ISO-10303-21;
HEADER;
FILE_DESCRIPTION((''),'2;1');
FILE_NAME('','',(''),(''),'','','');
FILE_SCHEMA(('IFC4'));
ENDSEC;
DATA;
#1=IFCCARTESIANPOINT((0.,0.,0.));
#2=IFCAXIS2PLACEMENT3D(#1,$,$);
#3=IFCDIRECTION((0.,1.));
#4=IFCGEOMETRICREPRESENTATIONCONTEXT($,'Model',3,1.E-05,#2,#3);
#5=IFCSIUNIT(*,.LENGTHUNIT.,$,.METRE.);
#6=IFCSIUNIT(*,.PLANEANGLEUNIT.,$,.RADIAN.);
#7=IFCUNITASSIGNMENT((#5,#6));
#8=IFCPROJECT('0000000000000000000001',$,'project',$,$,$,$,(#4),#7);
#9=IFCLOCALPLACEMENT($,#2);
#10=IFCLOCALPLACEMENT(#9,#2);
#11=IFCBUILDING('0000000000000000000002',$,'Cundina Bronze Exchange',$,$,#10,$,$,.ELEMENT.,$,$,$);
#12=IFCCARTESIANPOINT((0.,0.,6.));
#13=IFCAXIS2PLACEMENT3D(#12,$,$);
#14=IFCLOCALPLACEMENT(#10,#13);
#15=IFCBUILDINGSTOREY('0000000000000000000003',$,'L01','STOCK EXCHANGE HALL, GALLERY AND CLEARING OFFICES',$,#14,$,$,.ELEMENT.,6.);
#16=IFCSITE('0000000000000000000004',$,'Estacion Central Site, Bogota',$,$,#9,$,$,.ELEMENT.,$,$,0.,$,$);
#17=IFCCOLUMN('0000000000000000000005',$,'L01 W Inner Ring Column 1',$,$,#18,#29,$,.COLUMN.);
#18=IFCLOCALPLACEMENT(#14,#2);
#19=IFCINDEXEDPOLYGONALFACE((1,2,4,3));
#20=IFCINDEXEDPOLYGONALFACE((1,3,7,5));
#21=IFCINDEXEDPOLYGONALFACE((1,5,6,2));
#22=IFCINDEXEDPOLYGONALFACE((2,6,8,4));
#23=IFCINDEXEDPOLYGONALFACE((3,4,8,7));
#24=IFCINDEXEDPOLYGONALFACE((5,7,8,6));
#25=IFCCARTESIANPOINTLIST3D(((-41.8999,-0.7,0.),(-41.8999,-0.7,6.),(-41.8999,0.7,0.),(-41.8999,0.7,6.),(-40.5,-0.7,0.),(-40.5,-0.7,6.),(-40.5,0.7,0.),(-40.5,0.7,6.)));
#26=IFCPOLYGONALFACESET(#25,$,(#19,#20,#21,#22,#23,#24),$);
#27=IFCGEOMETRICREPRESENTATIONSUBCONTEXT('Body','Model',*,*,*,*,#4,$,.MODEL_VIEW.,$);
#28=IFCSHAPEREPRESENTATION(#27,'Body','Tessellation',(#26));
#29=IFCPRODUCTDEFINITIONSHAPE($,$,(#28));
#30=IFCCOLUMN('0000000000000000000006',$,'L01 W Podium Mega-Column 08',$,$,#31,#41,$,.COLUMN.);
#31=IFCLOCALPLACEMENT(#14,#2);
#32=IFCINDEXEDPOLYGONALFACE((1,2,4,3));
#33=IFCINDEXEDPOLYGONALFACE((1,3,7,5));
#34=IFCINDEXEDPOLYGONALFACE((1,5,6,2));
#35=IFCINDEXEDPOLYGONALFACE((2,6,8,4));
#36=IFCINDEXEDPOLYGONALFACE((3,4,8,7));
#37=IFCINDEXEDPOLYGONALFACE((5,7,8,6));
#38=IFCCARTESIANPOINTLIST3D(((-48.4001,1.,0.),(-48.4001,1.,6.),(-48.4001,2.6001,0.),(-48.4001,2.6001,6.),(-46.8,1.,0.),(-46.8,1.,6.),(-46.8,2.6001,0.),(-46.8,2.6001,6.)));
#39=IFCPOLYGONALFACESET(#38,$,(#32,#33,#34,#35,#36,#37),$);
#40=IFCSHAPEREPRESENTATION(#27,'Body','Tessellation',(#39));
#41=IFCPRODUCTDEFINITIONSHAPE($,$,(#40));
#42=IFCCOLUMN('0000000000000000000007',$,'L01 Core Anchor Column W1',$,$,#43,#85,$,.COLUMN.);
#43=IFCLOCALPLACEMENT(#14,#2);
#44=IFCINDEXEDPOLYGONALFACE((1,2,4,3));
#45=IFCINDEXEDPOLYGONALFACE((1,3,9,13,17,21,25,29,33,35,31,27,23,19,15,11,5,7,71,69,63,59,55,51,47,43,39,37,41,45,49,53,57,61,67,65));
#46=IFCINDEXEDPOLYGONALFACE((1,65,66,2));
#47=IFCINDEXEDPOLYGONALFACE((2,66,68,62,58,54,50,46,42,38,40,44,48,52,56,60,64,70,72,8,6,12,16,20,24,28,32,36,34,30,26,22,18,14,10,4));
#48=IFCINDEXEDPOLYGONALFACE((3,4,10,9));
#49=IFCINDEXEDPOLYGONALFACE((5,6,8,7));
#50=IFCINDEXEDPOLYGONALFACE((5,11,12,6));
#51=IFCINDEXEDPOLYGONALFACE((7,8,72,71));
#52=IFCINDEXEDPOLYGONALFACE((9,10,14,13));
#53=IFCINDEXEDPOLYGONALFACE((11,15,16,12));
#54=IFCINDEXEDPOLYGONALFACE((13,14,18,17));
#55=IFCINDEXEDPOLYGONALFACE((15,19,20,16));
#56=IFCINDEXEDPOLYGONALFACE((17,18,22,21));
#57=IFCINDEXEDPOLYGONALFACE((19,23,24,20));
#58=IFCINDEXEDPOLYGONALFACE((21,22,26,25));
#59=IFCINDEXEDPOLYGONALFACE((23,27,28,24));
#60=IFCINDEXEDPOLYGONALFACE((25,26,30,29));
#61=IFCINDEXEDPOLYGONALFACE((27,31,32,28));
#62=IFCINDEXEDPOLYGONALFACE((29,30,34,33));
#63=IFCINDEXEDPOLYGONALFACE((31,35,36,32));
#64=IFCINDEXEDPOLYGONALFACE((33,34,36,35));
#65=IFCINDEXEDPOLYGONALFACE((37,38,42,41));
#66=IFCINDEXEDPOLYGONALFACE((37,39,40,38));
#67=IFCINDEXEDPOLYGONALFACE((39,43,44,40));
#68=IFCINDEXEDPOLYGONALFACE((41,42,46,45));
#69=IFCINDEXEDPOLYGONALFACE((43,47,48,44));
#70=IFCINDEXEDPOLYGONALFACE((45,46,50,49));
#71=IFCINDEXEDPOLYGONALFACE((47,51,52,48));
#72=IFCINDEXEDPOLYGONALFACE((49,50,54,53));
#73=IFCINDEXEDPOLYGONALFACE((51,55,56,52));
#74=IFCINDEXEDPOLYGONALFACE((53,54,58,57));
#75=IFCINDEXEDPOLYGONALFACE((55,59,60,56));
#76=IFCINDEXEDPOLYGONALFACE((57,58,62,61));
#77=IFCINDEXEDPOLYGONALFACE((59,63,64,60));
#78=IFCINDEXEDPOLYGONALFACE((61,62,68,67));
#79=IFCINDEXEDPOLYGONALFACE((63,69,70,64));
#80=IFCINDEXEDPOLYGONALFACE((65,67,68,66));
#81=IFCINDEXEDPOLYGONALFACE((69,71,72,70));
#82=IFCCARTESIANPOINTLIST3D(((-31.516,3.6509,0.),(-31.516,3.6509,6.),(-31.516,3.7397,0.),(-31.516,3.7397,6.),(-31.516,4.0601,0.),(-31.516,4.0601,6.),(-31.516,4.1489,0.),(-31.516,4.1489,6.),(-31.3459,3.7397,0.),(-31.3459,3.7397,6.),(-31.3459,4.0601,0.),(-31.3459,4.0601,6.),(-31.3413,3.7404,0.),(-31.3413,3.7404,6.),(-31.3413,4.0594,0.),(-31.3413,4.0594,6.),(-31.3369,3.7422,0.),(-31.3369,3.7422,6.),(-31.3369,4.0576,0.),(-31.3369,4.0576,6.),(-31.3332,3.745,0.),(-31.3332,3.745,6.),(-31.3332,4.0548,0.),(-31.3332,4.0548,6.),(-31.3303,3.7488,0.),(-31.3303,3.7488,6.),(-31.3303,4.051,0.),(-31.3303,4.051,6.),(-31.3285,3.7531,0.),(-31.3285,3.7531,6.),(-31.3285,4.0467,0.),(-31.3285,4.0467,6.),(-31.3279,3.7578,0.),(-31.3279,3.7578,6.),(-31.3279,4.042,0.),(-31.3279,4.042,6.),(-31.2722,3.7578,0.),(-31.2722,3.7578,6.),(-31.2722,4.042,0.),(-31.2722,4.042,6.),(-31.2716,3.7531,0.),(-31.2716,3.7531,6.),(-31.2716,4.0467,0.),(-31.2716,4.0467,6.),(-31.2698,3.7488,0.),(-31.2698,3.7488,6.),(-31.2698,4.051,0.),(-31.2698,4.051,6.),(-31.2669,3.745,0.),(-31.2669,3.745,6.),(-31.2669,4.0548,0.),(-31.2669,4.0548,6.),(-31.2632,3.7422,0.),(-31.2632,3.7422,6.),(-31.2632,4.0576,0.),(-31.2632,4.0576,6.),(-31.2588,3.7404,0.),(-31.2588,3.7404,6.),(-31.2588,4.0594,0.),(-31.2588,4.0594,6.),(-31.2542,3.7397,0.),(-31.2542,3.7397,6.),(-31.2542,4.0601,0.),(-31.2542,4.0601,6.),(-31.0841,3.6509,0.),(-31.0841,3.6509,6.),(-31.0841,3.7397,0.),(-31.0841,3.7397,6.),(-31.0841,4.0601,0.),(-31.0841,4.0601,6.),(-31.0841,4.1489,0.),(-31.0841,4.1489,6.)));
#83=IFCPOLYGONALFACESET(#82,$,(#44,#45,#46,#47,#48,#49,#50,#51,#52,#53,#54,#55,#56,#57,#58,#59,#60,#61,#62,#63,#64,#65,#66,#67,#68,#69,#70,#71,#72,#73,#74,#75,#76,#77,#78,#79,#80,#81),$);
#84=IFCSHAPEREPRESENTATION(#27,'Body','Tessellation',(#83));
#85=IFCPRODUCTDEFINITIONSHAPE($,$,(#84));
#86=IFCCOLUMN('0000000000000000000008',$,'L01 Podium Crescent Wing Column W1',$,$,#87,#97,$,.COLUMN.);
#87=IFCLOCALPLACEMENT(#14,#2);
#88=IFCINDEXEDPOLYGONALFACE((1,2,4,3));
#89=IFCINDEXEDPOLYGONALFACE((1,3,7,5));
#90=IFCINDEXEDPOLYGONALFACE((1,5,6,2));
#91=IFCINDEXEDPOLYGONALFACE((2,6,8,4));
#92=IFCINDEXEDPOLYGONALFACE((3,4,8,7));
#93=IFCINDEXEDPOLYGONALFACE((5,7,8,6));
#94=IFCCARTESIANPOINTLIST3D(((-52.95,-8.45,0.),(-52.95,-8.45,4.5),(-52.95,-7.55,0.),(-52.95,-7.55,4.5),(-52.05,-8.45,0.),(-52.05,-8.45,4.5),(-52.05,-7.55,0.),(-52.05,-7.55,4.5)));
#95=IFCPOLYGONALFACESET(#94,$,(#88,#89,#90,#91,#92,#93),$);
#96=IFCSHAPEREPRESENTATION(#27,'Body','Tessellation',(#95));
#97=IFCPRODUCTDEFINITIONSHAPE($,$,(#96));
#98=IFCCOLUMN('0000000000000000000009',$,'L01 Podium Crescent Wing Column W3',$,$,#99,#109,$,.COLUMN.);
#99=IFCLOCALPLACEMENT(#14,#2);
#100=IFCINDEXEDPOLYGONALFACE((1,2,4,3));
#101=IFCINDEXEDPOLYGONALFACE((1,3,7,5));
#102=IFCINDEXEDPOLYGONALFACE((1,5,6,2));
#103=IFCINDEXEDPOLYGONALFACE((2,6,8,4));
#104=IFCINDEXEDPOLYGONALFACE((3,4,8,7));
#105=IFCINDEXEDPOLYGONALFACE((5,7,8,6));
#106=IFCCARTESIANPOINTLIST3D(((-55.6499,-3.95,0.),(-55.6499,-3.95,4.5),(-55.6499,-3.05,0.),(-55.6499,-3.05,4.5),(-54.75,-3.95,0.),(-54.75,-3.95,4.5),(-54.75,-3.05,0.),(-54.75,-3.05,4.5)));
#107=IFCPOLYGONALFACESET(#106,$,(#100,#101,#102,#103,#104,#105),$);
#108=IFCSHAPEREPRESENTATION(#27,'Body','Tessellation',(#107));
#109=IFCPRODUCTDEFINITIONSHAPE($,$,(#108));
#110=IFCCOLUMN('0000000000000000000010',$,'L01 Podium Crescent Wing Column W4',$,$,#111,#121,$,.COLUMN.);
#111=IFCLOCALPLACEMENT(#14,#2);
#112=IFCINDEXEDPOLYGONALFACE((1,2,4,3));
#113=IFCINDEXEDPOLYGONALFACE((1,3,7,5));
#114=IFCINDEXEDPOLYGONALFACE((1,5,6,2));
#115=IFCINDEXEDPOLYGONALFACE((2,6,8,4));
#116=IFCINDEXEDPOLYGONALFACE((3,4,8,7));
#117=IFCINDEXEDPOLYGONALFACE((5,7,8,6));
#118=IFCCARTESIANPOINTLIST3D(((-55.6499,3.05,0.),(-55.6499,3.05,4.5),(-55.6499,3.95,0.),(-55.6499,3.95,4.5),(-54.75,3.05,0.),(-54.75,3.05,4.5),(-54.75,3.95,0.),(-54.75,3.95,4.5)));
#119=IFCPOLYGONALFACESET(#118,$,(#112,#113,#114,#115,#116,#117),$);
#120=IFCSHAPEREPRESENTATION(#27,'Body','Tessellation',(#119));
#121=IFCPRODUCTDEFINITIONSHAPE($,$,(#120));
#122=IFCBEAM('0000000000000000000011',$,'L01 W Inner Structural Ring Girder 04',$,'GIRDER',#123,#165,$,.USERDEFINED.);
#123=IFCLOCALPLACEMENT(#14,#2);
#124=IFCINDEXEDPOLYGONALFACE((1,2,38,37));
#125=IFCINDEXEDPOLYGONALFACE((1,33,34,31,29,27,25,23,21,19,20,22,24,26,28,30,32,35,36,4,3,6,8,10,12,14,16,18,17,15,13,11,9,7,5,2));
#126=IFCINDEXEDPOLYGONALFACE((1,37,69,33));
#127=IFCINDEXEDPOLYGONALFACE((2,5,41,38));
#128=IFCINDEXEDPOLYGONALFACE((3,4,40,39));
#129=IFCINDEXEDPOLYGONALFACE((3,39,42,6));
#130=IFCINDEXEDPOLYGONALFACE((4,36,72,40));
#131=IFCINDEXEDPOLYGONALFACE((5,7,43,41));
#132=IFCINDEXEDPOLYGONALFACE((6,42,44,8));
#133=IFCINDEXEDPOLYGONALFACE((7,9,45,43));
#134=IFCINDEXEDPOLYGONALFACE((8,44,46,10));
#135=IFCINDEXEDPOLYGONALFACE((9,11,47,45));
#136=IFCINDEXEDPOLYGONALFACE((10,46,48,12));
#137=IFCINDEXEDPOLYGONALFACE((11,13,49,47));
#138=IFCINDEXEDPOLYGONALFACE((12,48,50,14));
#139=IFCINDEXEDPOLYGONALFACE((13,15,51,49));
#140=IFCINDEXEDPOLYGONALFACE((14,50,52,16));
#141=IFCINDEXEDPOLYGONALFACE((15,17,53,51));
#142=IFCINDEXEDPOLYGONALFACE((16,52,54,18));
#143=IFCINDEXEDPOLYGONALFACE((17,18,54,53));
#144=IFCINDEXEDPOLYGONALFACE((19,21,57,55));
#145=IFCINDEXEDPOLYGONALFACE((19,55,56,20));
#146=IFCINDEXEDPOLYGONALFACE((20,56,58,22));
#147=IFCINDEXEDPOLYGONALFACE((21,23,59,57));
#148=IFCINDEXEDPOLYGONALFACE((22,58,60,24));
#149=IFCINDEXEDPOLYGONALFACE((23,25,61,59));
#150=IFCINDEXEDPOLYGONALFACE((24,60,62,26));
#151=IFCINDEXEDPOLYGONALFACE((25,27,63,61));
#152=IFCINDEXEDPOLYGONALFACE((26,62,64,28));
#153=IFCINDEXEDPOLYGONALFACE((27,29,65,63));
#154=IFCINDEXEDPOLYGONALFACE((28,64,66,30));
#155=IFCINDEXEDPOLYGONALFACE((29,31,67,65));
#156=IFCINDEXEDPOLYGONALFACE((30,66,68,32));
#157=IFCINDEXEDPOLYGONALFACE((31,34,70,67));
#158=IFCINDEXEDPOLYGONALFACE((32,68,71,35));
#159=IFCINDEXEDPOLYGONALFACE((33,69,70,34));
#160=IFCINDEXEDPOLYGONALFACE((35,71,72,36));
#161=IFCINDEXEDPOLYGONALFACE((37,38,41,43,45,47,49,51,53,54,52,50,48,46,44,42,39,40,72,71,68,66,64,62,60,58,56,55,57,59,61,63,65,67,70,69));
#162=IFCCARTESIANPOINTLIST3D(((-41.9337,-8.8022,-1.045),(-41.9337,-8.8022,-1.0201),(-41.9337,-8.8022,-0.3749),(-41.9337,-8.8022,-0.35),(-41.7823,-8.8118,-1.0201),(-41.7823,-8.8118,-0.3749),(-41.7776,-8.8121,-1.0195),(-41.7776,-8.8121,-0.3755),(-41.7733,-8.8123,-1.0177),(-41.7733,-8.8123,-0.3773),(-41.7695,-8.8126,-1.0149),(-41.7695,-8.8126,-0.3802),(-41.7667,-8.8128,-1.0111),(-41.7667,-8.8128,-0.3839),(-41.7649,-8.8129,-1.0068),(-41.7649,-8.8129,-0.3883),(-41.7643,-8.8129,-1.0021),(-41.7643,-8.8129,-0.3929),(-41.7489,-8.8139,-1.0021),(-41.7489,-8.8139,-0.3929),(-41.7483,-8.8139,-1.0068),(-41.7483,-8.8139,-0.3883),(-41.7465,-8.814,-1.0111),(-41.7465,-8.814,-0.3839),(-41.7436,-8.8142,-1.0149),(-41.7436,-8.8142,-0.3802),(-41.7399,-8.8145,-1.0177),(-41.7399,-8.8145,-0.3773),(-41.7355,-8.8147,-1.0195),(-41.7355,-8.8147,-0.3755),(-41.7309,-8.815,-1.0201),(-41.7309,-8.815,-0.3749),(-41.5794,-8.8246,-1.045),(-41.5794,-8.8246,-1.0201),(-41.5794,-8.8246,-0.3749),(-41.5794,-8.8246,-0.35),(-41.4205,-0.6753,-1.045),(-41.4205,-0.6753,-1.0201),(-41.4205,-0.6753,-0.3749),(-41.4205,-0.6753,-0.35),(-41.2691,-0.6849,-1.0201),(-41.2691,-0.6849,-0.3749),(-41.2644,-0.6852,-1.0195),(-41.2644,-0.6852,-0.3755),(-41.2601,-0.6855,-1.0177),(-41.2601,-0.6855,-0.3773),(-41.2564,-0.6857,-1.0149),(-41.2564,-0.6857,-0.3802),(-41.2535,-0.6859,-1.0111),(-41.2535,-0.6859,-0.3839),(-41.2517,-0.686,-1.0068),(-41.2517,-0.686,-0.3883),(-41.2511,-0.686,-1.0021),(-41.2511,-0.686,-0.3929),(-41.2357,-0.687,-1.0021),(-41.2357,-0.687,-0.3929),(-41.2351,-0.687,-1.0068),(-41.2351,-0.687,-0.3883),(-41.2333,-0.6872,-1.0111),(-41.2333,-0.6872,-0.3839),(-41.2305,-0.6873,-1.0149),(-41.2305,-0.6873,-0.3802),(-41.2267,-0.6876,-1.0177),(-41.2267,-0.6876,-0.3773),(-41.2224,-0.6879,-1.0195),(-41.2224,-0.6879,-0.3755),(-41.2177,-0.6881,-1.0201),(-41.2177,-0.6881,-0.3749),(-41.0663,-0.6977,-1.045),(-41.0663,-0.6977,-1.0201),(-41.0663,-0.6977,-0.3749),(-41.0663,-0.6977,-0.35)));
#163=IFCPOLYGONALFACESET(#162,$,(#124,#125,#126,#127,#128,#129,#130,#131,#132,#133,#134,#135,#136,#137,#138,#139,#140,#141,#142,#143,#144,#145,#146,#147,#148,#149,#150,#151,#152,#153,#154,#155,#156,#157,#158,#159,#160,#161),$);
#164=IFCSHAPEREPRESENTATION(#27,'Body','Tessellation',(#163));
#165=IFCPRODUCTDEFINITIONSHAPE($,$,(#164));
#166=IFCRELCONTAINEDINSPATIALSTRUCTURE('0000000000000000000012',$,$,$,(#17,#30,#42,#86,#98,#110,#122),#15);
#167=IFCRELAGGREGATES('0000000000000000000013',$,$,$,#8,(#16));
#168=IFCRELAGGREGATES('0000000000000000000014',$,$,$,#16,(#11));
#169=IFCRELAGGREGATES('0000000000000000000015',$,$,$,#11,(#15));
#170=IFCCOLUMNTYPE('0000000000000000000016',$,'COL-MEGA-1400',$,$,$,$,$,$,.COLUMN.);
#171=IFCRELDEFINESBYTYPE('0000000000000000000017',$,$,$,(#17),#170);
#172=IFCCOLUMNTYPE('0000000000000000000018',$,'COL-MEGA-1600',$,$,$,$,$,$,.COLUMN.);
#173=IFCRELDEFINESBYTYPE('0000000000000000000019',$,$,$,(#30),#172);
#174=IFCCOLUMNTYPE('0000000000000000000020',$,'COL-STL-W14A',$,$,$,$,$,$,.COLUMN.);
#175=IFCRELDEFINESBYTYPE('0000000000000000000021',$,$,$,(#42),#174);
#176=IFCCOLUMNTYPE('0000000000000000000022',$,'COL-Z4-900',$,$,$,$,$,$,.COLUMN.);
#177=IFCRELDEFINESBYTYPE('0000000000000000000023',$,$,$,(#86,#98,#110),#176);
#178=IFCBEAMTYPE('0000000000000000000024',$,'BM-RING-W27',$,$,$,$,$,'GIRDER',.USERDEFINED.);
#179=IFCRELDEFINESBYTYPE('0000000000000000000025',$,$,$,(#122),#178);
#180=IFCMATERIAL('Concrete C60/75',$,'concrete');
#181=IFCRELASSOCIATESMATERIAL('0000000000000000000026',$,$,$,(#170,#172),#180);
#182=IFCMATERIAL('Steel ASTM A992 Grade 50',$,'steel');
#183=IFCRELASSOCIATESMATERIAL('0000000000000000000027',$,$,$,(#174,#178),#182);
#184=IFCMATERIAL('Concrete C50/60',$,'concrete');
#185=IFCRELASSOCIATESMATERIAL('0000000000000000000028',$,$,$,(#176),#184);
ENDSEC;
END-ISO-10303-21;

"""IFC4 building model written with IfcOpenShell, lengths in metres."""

from ifc_helpers import new_model, si_unit, direction, frame, origin, origin_2d, place, context, subcontext, project, spatial, rectangle, i_section, extrude, material, material_profile, profile_set, type_object, element, save


model = new_model("IFC4")

# Units and contexts
model_context = context("Model", 3, precision=1e-05, world=origin(), true_north=direction((0.0, 1.0)))
body_context = subcontext(model_context, "Body", "Model", "MODEL_VIEW")
ifc_project = project(units=[si_unit("LENGTHUNIT", "METRE"), si_unit("PLANEANGLEUNIT", "RADIAN")], contexts=[model_context])

# Site, building, storey
site_placement = place(None, origin())
site = spatial("IfcSite", under=ifc_project, at=site_placement, Name="Estacion Central Site, Bogota", CompositionType="ELEMENT", RefElevation=0.0)
building_placement = place(site_placement, origin())
building = spatial("IfcBuilding", under=site, at=building_placement, Name="Cundina Bronze Exchange", CompositionType="ELEMENT")
storey_placement = place(building_placement, frame((0.0, 0.0, 6.0)))
storey = spatial("IfcBuildingStorey", under=building, at=storey_placement, Name="L01", Description="STOCK EXCHANGE HALL, GALLERY AND CLEARING OFFICES", CompositionType="ELEMENT", Elevation=6.0)

# Columns
ifc_material_1 = material(Name="Concrete C60/75", Category="concrete")
ifc_material_profile_1 = material_profile(ifc_material_1, rectangle(XDim=1.3999, YDim=1.3999, at=origin_2d()), Name="RC1400X1400", Category="concrete")
ifc_profile_set_1 = profile_set([ifc_material_profile_1], Name="Concrete C60/75")
column_type_1 = type_object("IfcColumnType", Name="COL-MEGA-1400", PredefinedType="COLUMN", material=ifc_profile_set_1)
column_1_placement = place(storey_placement, frame((-41.2, 0.0, 0.0), z_axis=(0.0, 0.0, 1.0), x_axis=(1.0, 0.0, 0.0)))
element("IfcColumn", 1, at=column_1_placement, inside=storey, type_object=column_type_1, Name="L01 W Inner Ring Column 1", PredefinedType="COLUMN", context=body_context, shape_type="SweptSolid", body=[
    extrude(rectangle(XDim=1.3999, YDim=1.3999, at=origin_2d()), origin(), (0.0, 0.0, 1.0), 6.0),
])
ifc_material_profile_2 = material_profile(ifc_material_1, rectangle(XDim=1.6001, YDim=1.6001, at=origin_2d()), Name="RC1600X1600", Category="concrete")
ifc_profile_set_2 = profile_set([ifc_material_profile_2], Name="Concrete C60/75")
column_type_2 = type_object("IfcColumnType", Name="COL-MEGA-1600", PredefinedType="COLUMN", material=ifc_profile_set_2)
column_2_placement = place(storey_placement, frame((-47.6001, 1.8, 0.0), z_axis=(0.0, 0.0, 1.0), x_axis=(1.0, 0.0, 0.0)))
element("IfcColumn", 2, at=column_2_placement, inside=storey, type_object=column_type_2, Name="L01 W Podium Mega-Column 08", PredefinedType="COLUMN", context=body_context, shape_type="SweptSolid", body=[
    extrude(rectangle(XDim=1.6001, YDim=1.6001, at=origin_2d()), origin(), (0.0, 0.0, 1.0), 6.0),
])
ifc_material_2 = material(Name="Steel ASTM A992 Grade 50", Category="steel")
ifc_material_profile_3 = material_profile(ifc_material_2, i_section(OverallWidth=0.4319, OverallDepth=0.498, WebThickness=0.0557, FlangeThickness=0.0889, FilletRadius=0.0181, at=origin_2d()), Name="W14X500", Category="steel")
ifc_profile_set_3 = profile_set([ifc_material_profile_3], Name="Steel ASTM A992 Grade 50")
column_type_3 = type_object("IfcColumnType", Name="COL-STL-W14A", PredefinedType="COLUMN", material=ifc_profile_set_3)
column_3_placement = place(storey_placement, frame((-31.3, 3.8999, 0.0), z_axis=(0.0, 0.0, 1.0), x_axis=(1.0, 0.0, 0.0)))
element("IfcColumn", 3, at=column_3_placement, inside=storey, type_object=column_type_3, Name="L01 Core Anchor Column W1", PredefinedType="COLUMN", context=body_context, shape_type="SweptSolid", body=[
    extrude(i_section(OverallWidth=0.4319, OverallDepth=0.498, WebThickness=0.0557, FlangeThickness=0.0889, FilletRadius=0.0181, at=origin_2d()), origin(), (0.0, 0.0, 1.0), 6.0),
])
ifc_material_3 = material(Name="Concrete C50/60", Category="concrete")
ifc_material_profile_4 = material_profile(ifc_material_3, rectangle(XDim=0.8999, YDim=0.8999, at=origin_2d()), Name="RC900X900", Category="concrete")
ifc_profile_set_4 = profile_set([ifc_material_profile_4], Name="Concrete C50/60")
column_type_4 = type_object("IfcColumnType", Name="COL-Z4-900", PredefinedType="COLUMN", material=ifc_profile_set_4)
for number, where, z_axis, x_axis, name in (
    (4, (-52.5, -8.0, 0.0), (0.0, 0.0, 1.0), (1.0, 0.0, 0.0), "L01 Podium Crescent Wing Column W1"),
    (5, (-55.2, -3.5, 0.0), (0.0, 0.0, 1.0), (1.0, 0.0, 0.0), "L01 Podium Crescent Wing Column W3"),
    (6, (-55.2, 3.5, 0.0), (0.0, 0.0, 1.0), (1.0, 0.0, 0.0), "L01 Podium Crescent Wing Column W4"),
):
    element("IfcColumn", number, at=place(storey_placement, frame(where, z_axis=z_axis, x_axis=x_axis)), inside=storey, type_object=column_type_4, Name=name, PredefinedType="COLUMN", context=body_context, shape_type="SweptSolid", body=[
        extrude(rectangle(XDim=0.8999, YDim=0.8999, at=origin_2d()), origin(), (0.0, 0.0, 1.0), 4.5),
    ])

# Beam
ifc_material_profile_5 = material_profile(ifc_material_2, i_section(OverallWidth=0.355, OverallDepth=0.6951, WebThickness=0.0154, FlangeThickness=0.0249, FilletRadius=0.0181, at=origin_2d()), Name="W27X146", Category="steel")
ifc_profile_set_5 = profile_set([ifc_material_profile_5], Name="Steel ASTM A992 Grade 50")
beam_type_1 = type_object("IfcBeamType", Name="BM-RING-W27", ElementType="GIRDER", PredefinedType="USERDEFINED", material=ifc_profile_set_5)
beam_1_placement = place(storey_placement, frame((-41.2434, -0.6865, -0.6975), z_axis=(-0.06302, -0.998012, 0.0), x_axis=(0.998012, -0.06302, 0.0)))
element("IfcBeam", 7, at=beam_1_placement, inside=storey, type_object=beam_type_1, Name="L01 W Inner Structural Ring Girder 04", ObjectType="GIRDER", PredefinedType="USERDEFINED", context=body_context, shape_type="SweptSolid", body=[
    extrude(i_section(OverallWidth=0.355, OverallDepth=0.6951, WebThickness=0.0154, FlangeThickness=0.0249, FilletRadius=0.0181, at=origin_2d()), origin(), (0.0, 0.0, 1.0), 8.1431),
])

save(model, "model.ifc")
